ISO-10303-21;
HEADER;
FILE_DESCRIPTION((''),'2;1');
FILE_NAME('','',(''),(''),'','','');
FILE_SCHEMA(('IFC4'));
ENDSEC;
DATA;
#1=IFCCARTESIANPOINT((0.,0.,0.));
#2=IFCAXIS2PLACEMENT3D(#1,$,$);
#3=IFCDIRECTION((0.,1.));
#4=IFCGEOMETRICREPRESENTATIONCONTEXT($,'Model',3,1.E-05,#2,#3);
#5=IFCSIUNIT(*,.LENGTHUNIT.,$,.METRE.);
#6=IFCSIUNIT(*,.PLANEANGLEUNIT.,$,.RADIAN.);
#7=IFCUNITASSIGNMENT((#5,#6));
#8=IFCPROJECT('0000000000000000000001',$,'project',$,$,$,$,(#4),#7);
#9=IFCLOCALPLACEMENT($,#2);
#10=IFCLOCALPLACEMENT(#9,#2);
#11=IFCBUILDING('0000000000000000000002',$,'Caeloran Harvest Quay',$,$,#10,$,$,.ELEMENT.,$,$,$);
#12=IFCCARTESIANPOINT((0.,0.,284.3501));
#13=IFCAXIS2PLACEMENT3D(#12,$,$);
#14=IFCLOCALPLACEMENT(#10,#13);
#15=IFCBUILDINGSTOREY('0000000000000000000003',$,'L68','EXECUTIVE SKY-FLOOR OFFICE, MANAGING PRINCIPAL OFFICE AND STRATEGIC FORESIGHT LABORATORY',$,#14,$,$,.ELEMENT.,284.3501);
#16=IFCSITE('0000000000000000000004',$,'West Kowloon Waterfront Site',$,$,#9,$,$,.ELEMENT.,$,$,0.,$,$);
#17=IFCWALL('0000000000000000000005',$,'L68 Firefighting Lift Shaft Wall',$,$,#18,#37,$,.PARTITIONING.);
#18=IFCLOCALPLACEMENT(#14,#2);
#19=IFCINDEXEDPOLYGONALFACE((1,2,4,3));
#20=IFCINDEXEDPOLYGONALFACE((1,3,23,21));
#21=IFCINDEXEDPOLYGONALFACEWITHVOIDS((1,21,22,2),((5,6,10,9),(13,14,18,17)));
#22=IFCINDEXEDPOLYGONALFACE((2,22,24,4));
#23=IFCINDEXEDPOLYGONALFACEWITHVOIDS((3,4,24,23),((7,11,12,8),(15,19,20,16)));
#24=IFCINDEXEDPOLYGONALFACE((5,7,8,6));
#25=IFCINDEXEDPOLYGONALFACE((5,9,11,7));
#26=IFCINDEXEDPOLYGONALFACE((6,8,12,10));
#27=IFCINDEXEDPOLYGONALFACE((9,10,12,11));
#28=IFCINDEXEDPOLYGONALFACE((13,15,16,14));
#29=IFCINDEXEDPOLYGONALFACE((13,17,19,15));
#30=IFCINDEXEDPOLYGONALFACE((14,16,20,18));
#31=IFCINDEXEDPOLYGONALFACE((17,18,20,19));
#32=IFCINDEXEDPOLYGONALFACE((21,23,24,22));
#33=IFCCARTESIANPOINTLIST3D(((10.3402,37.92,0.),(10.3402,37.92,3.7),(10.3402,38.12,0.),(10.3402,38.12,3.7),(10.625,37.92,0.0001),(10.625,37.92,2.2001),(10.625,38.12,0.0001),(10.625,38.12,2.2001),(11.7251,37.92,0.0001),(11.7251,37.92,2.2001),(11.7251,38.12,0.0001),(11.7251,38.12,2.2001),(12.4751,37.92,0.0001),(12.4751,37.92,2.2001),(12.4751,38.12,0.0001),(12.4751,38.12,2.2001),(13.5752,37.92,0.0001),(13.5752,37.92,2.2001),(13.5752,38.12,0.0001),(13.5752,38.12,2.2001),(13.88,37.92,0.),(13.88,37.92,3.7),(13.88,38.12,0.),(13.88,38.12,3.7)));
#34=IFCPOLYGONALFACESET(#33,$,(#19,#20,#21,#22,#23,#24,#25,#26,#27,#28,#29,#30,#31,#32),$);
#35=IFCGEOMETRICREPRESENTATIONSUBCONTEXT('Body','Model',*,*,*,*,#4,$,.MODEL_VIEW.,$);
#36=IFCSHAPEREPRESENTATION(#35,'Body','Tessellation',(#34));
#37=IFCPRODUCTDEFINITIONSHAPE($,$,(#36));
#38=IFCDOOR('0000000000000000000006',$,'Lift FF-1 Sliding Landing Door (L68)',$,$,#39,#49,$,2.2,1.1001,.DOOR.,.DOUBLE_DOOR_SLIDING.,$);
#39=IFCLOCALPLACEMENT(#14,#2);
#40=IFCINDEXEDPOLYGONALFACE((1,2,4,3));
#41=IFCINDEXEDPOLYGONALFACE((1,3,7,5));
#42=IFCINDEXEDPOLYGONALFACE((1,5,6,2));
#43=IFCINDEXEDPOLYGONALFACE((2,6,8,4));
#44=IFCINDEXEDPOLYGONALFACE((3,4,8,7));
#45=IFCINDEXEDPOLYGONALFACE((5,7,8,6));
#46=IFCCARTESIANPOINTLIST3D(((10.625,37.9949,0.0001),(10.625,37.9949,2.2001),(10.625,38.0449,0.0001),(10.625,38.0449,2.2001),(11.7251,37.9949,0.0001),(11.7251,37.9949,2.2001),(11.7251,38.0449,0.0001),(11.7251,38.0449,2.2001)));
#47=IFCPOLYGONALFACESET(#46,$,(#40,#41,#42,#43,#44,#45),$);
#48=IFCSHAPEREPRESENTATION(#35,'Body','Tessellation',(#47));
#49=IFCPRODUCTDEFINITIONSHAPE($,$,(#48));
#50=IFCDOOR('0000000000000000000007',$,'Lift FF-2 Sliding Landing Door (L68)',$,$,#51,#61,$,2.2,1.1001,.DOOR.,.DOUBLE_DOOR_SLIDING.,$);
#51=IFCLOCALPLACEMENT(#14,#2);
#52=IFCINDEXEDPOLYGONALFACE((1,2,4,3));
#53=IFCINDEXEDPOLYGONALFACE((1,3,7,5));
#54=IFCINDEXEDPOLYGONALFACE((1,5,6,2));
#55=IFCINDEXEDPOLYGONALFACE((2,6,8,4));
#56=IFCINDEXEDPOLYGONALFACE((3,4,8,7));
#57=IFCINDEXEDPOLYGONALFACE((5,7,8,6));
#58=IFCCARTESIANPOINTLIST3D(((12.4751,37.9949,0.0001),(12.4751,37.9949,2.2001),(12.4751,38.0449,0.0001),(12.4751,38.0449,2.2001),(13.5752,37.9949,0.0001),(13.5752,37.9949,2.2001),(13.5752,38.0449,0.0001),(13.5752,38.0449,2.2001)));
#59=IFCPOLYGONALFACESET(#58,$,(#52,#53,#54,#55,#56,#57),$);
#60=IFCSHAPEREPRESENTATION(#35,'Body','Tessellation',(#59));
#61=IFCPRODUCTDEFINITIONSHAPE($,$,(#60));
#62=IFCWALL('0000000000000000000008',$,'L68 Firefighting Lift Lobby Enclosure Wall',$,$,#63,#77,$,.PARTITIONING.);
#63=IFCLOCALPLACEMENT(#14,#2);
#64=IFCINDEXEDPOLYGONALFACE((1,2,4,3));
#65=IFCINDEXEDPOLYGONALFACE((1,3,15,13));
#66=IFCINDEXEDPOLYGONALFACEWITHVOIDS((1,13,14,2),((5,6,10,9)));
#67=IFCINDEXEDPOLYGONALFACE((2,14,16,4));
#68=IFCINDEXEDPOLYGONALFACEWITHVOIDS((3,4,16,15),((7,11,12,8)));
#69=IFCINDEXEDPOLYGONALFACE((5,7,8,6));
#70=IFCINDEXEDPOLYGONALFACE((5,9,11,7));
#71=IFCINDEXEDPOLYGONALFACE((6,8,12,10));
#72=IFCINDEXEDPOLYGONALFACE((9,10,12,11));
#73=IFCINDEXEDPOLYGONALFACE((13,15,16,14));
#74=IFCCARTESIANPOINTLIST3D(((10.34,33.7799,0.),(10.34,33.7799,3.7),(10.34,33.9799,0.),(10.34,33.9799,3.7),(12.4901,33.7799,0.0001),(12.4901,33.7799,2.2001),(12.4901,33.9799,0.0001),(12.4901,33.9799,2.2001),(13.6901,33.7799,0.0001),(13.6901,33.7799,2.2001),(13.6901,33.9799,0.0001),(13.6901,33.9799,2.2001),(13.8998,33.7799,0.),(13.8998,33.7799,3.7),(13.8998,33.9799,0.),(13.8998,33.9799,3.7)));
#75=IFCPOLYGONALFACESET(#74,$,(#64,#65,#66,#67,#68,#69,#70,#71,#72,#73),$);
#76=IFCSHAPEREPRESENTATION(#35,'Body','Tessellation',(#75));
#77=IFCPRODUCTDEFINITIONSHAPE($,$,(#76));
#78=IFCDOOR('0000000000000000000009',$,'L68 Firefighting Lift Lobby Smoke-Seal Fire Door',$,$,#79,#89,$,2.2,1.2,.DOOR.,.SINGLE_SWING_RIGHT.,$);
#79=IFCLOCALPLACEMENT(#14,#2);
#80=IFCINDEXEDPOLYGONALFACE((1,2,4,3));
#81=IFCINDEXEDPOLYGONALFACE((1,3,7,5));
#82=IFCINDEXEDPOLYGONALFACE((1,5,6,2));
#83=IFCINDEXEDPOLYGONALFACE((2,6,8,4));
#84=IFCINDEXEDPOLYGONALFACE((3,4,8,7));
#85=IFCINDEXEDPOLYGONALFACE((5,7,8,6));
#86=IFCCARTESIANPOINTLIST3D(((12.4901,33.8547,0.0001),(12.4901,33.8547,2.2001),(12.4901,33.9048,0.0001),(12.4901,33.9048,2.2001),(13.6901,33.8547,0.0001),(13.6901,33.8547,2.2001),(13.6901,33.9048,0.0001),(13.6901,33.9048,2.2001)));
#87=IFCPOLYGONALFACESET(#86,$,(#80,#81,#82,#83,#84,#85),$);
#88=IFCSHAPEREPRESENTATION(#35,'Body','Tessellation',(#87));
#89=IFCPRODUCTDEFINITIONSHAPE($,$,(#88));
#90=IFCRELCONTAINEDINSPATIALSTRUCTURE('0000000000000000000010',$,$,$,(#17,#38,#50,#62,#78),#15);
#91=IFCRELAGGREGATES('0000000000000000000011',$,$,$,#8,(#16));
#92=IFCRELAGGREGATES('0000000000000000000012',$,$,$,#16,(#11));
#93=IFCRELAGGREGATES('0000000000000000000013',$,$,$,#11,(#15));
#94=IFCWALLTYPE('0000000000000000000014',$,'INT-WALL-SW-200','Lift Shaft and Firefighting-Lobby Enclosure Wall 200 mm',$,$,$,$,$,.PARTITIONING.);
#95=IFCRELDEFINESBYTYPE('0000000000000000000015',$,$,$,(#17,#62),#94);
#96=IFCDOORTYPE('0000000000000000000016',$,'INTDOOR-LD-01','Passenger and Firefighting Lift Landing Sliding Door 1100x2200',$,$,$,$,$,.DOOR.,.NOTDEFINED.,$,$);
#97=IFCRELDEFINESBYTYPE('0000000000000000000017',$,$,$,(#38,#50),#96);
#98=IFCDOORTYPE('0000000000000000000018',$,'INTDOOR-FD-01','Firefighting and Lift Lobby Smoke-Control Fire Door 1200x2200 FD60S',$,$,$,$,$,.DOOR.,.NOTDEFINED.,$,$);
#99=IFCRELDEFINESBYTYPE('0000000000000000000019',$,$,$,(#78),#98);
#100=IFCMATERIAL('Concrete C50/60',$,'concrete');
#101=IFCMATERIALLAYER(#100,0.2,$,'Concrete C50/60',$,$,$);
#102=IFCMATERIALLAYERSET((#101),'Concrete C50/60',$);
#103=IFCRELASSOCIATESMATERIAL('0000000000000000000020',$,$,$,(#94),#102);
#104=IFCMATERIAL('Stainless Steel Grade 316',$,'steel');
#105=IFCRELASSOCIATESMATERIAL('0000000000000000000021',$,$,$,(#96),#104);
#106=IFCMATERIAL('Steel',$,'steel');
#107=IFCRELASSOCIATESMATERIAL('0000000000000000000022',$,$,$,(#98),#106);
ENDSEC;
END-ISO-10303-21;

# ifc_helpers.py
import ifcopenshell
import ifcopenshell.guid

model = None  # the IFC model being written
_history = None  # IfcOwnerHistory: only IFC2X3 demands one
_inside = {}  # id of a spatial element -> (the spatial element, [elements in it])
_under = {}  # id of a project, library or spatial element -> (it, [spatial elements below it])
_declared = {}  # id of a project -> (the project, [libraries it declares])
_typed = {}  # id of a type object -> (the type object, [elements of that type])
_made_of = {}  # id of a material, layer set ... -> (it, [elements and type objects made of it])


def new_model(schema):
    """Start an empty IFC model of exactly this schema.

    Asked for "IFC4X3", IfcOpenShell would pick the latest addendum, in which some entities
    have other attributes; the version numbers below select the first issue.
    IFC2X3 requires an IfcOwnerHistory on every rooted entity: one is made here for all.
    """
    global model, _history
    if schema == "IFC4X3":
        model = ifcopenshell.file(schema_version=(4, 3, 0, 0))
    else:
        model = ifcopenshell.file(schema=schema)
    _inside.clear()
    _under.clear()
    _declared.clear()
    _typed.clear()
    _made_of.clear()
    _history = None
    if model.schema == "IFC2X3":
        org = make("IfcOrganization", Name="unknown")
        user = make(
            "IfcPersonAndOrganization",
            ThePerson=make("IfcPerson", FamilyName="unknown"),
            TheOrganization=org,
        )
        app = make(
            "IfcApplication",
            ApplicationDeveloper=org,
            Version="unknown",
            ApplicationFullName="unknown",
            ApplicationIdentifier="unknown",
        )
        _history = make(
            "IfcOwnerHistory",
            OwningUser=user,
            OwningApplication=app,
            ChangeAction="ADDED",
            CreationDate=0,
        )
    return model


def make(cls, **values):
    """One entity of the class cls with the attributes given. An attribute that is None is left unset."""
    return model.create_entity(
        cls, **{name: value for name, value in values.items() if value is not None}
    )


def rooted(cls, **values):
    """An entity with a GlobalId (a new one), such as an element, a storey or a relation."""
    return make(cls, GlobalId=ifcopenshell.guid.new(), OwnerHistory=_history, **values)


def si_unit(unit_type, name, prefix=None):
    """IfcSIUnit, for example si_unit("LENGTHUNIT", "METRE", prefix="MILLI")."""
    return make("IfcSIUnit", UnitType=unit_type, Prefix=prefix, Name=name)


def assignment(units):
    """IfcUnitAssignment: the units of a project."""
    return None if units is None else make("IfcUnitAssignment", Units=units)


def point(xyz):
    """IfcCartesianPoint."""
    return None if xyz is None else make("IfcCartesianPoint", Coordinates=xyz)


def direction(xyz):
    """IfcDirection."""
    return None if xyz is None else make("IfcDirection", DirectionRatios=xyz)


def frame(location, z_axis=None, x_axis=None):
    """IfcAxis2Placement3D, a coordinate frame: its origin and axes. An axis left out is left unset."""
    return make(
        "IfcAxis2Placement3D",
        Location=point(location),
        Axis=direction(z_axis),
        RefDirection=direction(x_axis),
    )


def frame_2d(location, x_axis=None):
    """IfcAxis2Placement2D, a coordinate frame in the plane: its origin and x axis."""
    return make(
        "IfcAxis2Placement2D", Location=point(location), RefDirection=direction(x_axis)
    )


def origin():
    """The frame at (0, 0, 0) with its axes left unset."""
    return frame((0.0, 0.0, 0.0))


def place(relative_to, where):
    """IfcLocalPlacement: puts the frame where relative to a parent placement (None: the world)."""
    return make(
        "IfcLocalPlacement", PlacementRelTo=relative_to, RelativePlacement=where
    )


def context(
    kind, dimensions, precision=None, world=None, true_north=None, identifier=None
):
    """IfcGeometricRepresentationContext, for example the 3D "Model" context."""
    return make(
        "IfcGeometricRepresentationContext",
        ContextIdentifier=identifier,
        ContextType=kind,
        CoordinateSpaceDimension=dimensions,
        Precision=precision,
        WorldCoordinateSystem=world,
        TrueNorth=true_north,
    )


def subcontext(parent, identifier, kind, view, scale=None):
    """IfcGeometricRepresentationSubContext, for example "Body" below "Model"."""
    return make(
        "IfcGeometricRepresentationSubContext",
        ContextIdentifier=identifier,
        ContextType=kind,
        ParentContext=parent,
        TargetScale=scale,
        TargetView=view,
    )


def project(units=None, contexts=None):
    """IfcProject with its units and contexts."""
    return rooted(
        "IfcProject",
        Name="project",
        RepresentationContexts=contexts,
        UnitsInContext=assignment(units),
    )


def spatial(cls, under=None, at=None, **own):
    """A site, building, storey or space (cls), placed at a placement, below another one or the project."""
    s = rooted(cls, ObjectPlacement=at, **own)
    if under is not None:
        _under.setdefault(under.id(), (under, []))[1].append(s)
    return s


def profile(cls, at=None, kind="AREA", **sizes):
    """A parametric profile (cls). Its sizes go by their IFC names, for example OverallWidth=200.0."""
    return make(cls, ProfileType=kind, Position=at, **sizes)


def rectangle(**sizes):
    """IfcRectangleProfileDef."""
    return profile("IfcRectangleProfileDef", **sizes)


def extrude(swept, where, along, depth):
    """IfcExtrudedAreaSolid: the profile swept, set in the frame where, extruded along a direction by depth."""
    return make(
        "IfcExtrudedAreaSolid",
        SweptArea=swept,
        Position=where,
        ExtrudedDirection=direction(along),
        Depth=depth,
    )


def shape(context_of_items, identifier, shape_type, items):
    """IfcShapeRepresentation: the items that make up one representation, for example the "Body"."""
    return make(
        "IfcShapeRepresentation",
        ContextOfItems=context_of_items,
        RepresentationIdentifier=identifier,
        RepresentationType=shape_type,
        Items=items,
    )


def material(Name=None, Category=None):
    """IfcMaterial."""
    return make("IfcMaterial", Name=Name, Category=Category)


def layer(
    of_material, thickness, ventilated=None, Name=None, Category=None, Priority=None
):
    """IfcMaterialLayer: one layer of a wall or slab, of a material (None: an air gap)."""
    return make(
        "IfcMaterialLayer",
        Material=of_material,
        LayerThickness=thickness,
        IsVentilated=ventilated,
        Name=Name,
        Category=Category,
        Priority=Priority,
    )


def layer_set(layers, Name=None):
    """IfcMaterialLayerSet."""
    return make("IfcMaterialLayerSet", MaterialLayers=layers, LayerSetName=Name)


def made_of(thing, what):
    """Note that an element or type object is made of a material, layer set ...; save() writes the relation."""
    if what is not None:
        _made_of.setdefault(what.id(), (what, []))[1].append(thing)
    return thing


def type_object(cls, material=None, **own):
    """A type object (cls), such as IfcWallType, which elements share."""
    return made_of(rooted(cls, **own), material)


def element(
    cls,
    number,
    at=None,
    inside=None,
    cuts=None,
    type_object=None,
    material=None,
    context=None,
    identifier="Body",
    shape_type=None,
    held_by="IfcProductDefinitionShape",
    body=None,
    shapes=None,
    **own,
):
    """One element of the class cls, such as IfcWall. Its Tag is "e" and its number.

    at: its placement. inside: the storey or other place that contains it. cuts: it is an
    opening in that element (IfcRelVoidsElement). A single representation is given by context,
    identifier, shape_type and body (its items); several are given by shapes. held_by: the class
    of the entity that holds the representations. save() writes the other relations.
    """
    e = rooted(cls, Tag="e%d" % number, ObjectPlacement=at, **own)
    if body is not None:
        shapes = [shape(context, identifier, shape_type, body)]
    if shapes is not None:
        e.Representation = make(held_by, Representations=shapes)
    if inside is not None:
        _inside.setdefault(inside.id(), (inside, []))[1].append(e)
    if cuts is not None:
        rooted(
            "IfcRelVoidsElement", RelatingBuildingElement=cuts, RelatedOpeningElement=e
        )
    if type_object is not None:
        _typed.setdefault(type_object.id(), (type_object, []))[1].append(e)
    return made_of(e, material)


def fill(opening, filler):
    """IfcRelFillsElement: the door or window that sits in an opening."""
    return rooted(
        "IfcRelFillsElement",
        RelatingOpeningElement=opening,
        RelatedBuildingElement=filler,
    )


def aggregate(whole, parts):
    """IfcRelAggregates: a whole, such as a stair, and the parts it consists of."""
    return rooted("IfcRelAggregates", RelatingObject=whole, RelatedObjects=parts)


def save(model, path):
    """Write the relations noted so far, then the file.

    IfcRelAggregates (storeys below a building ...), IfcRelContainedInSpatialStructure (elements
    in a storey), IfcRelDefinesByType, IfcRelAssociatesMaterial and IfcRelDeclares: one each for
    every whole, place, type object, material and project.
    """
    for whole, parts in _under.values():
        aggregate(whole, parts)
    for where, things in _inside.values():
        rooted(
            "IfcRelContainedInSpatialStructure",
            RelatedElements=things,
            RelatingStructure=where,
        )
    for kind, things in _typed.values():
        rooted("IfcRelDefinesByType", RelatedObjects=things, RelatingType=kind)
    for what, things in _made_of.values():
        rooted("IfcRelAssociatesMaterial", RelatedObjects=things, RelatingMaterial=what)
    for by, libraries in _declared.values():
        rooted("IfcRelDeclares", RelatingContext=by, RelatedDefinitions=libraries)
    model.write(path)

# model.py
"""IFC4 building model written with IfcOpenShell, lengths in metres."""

from ifc_helpers import new_model, si_unit, direction, frame, frame_2d, origin, place, context, subcontext, project, spatial, rectangle, extrude, material, layer, layer_set, type_object, element, fill, save


model = new_model("IFC4")

# Units and contexts
model_context = context("Model", 3, precision=1e-05, world=origin(), true_north=direction((0.0, 1.0)))
body_context = subcontext(model_context, "Body", "Model", "MODEL_VIEW")
ifc_project = project(units=[si_unit("LENGTHUNIT", "METRE"), si_unit("PLANEANGLEUNIT", "RADIAN")], contexts=[model_context])

# Site, building, storey
site_placement = place(None, origin())
site = spatial("IfcSite", under=ifc_project, at=site_placement, Name="West Kowloon Waterfront Site", CompositionType="ELEMENT", RefElevation=0.0)
building_placement = place(site_placement, origin())
building = spatial("IfcBuilding", under=site, at=building_placement, Name="Caeloran Harvest Quay", CompositionType="ELEMENT")
storey_placement = place(building_placement, frame((0.0, 0.0, 284.3501)))
storey = spatial("IfcBuildingStorey", under=building, at=storey_placement, Name="L68", Description="EXECUTIVE SKY-FLOOR OFFICE, MANAGING PRINCIPAL OFFICE AND STRATEGIC FORESIGHT LABORATORY", CompositionType="ELEMENT", Elevation=284.3501)

# Shared definitions
ifc_material_1 = material(Name="Concrete C50/60", Category="concrete")
ifc_layer_1 = layer(ifc_material_1, 0.2, Name="Concrete C50/60")
ifc_layer_set_1 = layer_set([ifc_layer_1], Name="Concrete C50/60")
wall_type_1 = type_object("IfcWallType", Name="INT-WALL-SW-200", Description="Lift Shaft and Firefighting-Lobby Enclosure Wall 200 mm", PredefinedType="PARTITIONING", material=ifc_layer_set_1)
ifc_material_2 = material(Name="Stainless Steel Grade 316", Category="steel")
door_type_1 = type_object("IfcDoorType", Name="INTDOOR-LD-01", Description="Passenger and Firefighting Lift Landing Sliding Door 1100x2200", OperationType="NOTDEFINED", PredefinedType="DOOR", material=ifc_material_2)

# Wall, openings, doors
wall_1_placement = place(storey_placement, frame((10.3401, 38.02, 0.0), z_axis=(0.0, 0.0, 1.0), x_axis=(1.0, 0.0, 0.0)))
wall_1 = element("IfcWall", 1, at=wall_1_placement, inside=storey, type_object=wall_type_1, Name="L68 Firefighting Lift Shaft Wall", PredefinedType="PARTITIONING", context=body_context, shape_type="SweptSolid", body=[
    extrude(rectangle(XDim=3.5398, YDim=0.2, at=frame_2d((1.77, 0.0))), origin(), (0.0, 0.0, 1.0), 3.7),
])
opening_1_placement = place(wall_1_placement, frame((0.2849, 0.0, 0.0)))
opening_1 = element("IfcOpeningElement", 2, at=opening_1_placement, cuts=wall_1, PredefinedType="OPENING", context=body_context, shape_type="SweptSolid", body=[
    extrude(rectangle(XDim=1.1001, YDim=2.2, at=frame_2d((0.55, 1.1001))), frame((0.0, 0.1099, 0.0), z_axis=(0.0, -1.0, 0.0), x_axis=(1.0, 0.0, 0.0)), (0.0, 0.0, 1.0), 0.22),
])
opening_2_placement = place(wall_1_placement, frame((2.135, 0.0, 0.0)))
opening_2 = element("IfcOpeningElement", 3, at=opening_2_placement, cuts=wall_1, PredefinedType="OPENING", context=body_context, shape_type="SweptSolid", body=[
    extrude(rectangle(XDim=1.1001, YDim=2.2, at=frame_2d((0.55, 1.1001))), frame((0.0, 0.1099, 0.0), z_axis=(0.0, -1.0, 0.0), x_axis=(1.0, 0.0, 0.0)), (0.0, 0.0, 1.0), 0.22),
])
door_1_placement = place(opening_1_placement, origin())
door_1 = element("IfcDoor", 4, at=door_1_placement, inside=storey, type_object=door_type_1, Name="Lift FF-1 Sliding Landing Door (L68)", OperationType="DOUBLE_DOOR_SLIDING", OverallHeight=2.2, OverallWidth=1.1001, PredefinedType="DOOR", context=body_context, shape_type="SweptSolid", body=[
    extrude(rectangle(XDim=1.1001, YDim=2.2, at=frame_2d((0.55, 1.1001))), frame((0.0, 0.0249, 0.0), z_axis=(0.0, -1.0, 0.0), x_axis=(1.0, 0.0, 0.0)), (0.0, 0.0, 1.0), 0.05),
])
fill(opening_1, door_1)
door_2_placement = place(opening_2_placement, origin())
door_2 = element("IfcDoor", 5, at=door_2_placement, inside=storey, type_object=door_type_1, Name="Lift FF-2 Sliding Landing Door (L68)", OperationType="DOUBLE_DOOR_SLIDING", OverallHeight=2.2, OverallWidth=1.1001, PredefinedType="DOOR", context=body_context, shape_type="SweptSolid", body=[
    extrude(rectangle(XDim=1.1001, YDim=2.2, at=frame_2d((0.55, 1.1001))), frame((0.0, 0.0249, 0.0), z_axis=(0.0, -1.0, 0.0), x_axis=(1.0, 0.0, 0.0)), (0.0, 0.0, 1.0), 0.05),
])
fill(opening_2, door_2)

# Wall, opening, door
wall_2_placement = place(storey_placement, frame((10.3401, 33.8799, 0.0), z_axis=(0.0, 0.0, 1.0), x_axis=(1.0, 0.0, 0.0)))
wall_2 = element("IfcWall", 6, at=wall_2_placement, inside=storey, type_object=wall_type_1, Name="L68 Firefighting Lift Lobby Enclosure Wall", PredefinedType="PARTITIONING", context=body_context, shape_type="SweptSolid", body=[
    extrude(rectangle(XDim=3.5598, YDim=0.2, at=frame_2d((1.7798, 0.0))), origin(), (0.0, 0.0, 1.0), 3.7),
])
opening_3_placement = place(wall_2_placement, frame((2.1499, 0.0, 0.0)))
opening_3 = element("IfcOpeningElement", 7, at=opening_3_placement, cuts=wall_2, PredefinedType="OPENING", context=body_context, shape_type="SweptSolid", body=[
    extrude(rectangle(XDim=1.2, YDim=2.2, at=frame_2d((0.6001, 1.1001))), frame((0.0, 0.1099, 0.0), z_axis=(0.0, -1.0, 0.0), x_axis=(1.0, 0.0, 0.0)), (0.0, 0.0, 1.0), 0.22),
])
ifc_material_3 = material(Name="Steel", Category="steel")
door_type_2 = type_object("IfcDoorType", Name="INTDOOR-FD-01", Description="Firefighting and Lift Lobby Smoke-Control Fire Door 1200x2200 FD60S", OperationType="NOTDEFINED", PredefinedType="DOOR", material=ifc_material_3)
door_3_placement = place(opening_3_placement, origin())
door_3 = element("IfcDoor", 8, at=door_3_placement, inside=storey, type_object=door_type_2, Name="L68 Firefighting Lift Lobby Smoke-Seal Fire Door", OperationType="SINGLE_SWING_RIGHT", OverallHeight=2.2, OverallWidth=1.2, PredefinedType="DOOR", context=body_context, shape_type="SweptSolid", body=[
    extrude(rectangle(XDim=1.2, YDim=2.2, at=frame_2d((0.6001, 1.1001))), frame((0.0, 0.0249, 0.0), z_axis=(0.0, -1.0, 0.0), x_axis=(1.0, 0.0, 0.0)), (0.0, 0.0, 1.0), 0.05),
])
fill(opening_3, door_3)

save(model, "model.ifc")
